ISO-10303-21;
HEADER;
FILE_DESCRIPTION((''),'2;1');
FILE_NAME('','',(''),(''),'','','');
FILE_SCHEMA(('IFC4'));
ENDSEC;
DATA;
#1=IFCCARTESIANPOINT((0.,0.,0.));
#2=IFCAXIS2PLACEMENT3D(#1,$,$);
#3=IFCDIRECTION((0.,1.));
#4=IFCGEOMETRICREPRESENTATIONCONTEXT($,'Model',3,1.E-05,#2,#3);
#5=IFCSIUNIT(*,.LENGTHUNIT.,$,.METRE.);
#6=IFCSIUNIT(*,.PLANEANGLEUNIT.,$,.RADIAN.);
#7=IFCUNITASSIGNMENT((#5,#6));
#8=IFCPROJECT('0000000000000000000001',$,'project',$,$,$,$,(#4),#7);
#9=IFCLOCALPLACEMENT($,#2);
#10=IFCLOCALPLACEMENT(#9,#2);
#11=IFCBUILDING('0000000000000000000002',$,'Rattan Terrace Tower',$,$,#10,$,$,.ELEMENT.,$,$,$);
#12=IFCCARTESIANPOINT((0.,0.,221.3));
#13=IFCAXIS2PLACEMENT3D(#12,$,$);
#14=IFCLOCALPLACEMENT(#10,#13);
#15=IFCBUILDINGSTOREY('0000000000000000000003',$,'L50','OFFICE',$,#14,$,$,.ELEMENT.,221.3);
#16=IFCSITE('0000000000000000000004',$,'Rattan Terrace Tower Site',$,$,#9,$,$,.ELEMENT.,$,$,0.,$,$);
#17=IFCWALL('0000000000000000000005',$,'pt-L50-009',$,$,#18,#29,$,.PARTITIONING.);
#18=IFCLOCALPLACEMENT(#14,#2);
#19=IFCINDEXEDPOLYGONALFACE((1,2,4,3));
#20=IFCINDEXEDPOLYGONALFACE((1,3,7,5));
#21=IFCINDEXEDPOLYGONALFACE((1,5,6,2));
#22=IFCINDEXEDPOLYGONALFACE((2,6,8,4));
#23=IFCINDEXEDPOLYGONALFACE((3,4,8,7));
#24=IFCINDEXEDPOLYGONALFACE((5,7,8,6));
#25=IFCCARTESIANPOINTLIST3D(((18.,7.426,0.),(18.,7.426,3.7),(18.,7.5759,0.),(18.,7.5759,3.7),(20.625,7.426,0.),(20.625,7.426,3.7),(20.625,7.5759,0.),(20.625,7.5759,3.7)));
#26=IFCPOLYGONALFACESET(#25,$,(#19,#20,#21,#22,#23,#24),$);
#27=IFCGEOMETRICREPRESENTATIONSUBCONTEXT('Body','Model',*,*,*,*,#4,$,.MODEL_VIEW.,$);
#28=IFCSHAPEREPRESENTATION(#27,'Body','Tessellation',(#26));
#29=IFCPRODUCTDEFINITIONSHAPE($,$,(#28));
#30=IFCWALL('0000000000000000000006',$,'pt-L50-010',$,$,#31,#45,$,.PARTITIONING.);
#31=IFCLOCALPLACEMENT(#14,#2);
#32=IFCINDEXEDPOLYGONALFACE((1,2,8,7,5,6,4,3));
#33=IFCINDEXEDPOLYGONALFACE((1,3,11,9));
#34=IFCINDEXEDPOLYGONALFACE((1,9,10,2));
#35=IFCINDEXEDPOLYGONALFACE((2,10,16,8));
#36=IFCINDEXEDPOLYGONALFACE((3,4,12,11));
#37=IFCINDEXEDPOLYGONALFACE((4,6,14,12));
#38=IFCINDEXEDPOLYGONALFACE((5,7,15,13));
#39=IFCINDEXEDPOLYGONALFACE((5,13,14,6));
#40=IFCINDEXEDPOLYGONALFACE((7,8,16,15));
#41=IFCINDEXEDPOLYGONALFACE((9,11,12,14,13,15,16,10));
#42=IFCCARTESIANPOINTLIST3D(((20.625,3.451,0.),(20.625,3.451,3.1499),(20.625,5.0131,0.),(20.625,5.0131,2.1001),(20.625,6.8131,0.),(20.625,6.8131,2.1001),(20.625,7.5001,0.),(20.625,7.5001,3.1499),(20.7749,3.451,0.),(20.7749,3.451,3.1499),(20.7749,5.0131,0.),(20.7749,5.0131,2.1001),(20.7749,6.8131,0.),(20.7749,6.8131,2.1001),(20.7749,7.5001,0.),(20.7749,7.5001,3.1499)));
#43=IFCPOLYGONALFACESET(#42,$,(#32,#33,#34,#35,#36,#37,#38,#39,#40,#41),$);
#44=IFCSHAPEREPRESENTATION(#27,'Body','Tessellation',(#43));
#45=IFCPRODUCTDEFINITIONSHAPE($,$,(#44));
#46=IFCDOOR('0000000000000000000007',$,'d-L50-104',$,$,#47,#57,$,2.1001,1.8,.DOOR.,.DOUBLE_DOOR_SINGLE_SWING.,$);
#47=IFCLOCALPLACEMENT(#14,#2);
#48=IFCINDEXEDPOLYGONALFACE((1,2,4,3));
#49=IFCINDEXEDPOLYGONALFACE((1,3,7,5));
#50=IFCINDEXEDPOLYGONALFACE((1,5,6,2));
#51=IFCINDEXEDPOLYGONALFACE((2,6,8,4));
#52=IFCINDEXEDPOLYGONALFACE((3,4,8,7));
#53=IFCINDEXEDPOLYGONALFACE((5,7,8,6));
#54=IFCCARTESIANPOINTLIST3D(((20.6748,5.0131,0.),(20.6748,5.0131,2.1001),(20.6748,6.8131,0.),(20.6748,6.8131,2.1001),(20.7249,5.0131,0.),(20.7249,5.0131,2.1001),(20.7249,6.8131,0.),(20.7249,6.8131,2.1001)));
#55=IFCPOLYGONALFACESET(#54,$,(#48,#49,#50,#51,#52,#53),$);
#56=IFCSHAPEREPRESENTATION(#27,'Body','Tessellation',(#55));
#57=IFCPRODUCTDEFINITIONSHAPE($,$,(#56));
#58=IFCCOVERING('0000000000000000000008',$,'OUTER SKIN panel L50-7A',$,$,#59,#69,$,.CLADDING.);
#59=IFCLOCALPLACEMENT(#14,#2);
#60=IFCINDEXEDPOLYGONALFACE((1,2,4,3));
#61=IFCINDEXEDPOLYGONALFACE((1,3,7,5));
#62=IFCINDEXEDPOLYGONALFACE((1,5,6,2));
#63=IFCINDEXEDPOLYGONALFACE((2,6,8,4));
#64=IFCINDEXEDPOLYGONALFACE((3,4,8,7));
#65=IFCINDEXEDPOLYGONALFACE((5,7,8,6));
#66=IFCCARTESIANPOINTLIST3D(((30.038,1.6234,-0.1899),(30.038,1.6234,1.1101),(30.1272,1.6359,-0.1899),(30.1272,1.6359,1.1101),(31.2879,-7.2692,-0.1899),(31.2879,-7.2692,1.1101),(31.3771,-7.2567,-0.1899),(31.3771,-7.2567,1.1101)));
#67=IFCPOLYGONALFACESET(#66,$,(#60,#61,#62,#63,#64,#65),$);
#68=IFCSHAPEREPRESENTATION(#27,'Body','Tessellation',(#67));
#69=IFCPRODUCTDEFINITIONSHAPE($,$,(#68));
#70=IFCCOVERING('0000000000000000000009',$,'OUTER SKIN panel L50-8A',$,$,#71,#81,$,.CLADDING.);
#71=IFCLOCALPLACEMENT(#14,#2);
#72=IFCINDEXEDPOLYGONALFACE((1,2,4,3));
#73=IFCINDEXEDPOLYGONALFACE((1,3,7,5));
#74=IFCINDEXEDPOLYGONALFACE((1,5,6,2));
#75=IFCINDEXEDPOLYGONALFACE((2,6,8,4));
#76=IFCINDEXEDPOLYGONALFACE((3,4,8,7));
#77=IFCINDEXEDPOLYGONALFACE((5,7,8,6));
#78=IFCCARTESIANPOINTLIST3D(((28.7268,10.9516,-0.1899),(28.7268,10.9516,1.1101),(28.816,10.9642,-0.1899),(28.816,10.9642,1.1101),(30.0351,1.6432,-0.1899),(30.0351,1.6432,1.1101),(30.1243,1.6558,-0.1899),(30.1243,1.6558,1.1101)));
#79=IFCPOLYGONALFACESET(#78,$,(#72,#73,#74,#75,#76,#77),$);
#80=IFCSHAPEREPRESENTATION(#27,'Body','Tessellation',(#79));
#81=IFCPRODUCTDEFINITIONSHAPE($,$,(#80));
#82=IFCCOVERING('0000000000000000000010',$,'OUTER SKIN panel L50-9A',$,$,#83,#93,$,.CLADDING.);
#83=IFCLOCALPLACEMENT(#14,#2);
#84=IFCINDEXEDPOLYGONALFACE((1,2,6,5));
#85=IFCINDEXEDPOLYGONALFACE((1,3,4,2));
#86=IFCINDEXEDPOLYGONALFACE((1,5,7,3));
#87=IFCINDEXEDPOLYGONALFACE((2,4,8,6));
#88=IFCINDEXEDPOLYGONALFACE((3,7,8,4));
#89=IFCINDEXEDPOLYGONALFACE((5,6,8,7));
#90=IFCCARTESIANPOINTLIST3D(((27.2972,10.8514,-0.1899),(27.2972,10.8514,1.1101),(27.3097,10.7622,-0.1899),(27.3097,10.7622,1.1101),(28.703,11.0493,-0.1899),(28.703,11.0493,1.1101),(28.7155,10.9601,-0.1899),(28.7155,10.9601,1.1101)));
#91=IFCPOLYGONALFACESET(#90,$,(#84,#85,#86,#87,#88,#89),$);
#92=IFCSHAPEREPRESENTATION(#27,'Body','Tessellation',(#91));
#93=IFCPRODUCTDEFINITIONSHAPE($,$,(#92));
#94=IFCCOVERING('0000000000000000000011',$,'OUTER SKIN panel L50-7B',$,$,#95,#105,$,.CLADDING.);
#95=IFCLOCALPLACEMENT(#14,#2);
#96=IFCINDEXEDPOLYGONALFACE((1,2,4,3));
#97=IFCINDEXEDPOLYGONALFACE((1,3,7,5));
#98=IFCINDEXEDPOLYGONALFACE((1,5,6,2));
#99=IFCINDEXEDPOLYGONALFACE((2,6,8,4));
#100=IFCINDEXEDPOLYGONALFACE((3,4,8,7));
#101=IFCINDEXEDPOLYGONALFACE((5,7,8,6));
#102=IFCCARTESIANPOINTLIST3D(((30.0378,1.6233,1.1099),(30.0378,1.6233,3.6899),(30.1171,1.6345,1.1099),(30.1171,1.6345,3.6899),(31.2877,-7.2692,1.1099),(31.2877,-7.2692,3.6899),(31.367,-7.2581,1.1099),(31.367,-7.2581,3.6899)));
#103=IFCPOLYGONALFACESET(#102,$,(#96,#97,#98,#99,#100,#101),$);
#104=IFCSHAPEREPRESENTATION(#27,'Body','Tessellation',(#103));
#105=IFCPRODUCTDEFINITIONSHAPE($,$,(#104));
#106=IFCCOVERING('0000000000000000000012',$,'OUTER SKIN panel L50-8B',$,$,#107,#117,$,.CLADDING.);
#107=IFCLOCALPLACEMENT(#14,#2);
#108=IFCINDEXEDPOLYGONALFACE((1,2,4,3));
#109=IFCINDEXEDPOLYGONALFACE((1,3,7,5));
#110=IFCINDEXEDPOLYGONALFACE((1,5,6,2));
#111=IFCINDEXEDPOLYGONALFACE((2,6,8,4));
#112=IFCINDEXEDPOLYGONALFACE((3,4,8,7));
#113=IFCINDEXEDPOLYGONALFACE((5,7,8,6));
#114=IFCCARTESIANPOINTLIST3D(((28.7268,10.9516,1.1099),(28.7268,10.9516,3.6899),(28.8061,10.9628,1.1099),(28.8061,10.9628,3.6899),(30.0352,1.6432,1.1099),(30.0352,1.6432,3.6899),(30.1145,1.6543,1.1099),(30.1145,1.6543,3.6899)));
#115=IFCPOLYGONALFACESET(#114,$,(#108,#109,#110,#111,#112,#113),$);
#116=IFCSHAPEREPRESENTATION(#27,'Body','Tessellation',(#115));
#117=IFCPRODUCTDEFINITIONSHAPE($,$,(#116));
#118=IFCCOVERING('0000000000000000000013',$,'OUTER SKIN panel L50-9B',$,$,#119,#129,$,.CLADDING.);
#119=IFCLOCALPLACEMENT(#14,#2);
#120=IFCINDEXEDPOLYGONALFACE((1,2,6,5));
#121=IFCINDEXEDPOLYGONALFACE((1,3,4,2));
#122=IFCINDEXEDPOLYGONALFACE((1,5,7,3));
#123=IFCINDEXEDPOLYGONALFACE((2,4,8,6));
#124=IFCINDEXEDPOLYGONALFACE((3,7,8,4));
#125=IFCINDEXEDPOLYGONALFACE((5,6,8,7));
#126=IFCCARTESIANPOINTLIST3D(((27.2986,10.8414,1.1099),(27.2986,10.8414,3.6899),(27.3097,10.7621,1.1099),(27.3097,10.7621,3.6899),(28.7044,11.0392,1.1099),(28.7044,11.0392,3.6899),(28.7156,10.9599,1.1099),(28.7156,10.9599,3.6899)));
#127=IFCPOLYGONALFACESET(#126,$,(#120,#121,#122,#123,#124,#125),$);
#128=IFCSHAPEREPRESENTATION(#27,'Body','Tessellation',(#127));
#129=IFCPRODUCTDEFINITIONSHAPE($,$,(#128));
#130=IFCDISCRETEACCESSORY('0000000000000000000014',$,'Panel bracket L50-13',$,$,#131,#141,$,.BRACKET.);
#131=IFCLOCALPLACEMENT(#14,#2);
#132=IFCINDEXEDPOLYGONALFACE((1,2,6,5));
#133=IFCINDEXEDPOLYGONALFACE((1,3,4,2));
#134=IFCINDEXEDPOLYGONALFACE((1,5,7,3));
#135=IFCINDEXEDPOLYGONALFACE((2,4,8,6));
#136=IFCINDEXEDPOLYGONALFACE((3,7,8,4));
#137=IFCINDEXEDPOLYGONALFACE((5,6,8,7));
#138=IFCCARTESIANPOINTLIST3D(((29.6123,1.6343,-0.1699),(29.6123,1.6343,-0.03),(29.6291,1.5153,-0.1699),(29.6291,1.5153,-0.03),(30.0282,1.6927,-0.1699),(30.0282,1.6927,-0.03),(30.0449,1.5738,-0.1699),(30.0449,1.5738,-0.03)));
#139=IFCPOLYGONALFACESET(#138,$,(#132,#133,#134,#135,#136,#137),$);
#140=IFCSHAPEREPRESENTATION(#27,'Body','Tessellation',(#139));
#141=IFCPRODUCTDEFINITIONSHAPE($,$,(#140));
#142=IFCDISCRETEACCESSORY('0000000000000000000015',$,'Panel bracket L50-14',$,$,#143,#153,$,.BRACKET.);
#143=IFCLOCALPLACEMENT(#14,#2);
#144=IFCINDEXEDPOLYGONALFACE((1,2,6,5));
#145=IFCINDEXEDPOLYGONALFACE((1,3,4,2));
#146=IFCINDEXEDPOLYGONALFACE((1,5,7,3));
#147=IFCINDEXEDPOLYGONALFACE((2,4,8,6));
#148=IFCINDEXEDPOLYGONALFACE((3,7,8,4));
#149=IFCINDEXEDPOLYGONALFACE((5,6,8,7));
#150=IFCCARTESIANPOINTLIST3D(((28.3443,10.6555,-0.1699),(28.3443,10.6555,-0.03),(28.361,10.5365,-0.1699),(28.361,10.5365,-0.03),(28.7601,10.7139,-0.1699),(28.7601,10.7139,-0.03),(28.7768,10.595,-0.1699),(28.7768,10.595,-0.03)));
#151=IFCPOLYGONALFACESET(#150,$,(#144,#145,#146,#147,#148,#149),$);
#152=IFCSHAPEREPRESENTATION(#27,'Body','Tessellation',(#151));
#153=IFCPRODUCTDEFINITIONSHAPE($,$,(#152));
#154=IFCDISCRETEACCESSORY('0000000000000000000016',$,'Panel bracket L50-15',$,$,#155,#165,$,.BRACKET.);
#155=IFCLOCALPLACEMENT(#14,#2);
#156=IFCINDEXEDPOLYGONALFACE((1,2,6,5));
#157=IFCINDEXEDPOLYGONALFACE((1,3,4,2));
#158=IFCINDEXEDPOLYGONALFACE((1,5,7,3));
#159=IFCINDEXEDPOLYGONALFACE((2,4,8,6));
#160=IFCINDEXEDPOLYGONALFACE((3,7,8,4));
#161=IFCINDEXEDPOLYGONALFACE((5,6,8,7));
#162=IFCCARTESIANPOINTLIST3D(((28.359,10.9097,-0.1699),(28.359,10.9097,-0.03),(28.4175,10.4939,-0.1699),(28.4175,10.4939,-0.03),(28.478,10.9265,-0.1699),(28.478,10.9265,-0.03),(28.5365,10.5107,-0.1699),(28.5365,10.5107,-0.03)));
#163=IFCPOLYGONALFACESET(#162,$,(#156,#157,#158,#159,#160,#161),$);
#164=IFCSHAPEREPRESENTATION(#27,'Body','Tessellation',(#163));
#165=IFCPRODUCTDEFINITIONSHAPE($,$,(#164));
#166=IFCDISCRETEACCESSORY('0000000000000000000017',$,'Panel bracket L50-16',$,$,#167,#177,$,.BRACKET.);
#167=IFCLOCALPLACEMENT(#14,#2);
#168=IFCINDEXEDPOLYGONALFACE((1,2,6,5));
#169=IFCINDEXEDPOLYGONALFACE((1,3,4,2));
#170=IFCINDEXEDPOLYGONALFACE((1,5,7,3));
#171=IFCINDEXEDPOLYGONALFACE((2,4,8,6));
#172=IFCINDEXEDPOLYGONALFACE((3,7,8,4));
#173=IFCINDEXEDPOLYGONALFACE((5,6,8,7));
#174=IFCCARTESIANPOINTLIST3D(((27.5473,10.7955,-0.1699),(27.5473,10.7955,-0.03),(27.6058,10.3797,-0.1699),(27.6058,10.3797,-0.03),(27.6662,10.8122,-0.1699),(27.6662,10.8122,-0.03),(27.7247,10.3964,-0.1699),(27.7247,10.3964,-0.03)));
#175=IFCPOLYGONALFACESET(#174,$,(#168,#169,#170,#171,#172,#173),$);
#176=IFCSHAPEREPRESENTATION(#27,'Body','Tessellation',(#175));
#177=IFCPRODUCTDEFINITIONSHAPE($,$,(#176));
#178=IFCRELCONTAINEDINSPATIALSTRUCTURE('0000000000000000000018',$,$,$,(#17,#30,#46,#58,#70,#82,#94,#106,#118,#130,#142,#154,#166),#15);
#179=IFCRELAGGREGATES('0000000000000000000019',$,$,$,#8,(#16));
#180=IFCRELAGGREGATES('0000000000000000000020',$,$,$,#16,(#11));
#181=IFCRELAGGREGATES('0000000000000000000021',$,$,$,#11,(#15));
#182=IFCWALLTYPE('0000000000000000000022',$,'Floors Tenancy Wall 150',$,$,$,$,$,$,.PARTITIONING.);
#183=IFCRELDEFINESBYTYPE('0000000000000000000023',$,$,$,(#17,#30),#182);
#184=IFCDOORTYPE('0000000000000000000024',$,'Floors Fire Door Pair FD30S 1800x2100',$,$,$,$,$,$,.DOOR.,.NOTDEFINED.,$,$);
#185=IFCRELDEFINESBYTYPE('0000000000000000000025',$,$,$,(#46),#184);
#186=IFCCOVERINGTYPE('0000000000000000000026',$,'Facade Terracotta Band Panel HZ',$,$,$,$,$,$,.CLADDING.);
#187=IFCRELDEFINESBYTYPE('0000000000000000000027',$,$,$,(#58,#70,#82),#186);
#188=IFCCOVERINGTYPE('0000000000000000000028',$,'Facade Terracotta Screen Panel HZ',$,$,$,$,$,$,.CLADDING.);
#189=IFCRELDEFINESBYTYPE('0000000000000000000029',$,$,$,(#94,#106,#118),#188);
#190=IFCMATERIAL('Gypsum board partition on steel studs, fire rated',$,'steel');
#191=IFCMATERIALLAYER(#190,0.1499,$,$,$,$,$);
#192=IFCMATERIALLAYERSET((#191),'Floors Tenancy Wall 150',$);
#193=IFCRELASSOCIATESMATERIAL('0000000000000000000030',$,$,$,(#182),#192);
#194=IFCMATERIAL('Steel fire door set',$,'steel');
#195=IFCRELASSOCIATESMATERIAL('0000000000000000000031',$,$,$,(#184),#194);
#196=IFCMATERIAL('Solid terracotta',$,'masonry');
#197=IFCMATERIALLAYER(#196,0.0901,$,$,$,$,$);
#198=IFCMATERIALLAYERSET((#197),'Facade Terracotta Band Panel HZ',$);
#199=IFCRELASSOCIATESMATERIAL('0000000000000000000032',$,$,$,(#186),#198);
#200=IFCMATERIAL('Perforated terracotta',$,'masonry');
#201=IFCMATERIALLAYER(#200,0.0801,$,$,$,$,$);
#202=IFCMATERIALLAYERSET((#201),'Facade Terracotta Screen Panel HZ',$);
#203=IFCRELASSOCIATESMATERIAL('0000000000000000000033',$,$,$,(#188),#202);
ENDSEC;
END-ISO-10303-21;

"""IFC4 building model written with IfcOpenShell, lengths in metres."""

from ifc_helpers import new_model, si_unit, direction, frame, frame_2d, origin, origin_2d, place, context, subcontext, project, spatial, rectangle, extrude, material, layer, layer_set, type_object, element, fill, save


model = new_model("IFC4")

# Units and contexts
model_context = context("Model", 3, precision=1e-05, world=origin(), true_north=direction((0.0, 1.0)))
body_context = subcontext(model_context, "Body", "Model", "MODEL_VIEW")
ifc_project = project(units=[si_unit("LENGTHUNIT", "METRE"), si_unit("PLANEANGLEUNIT", "RADIAN")], contexts=[model_context])

# Site, building, storey
site_placement = place(None, origin())
site = spatial("IfcSite", under=ifc_project, at=site_placement, Name="Rattan Terrace Tower Site", CompositionType="ELEMENT", RefElevation=0.0)
building_placement = place(site_placement, origin())
building = spatial("IfcBuilding", under=site, at=building_placement, Name="Rattan Terrace Tower", CompositionType="ELEMENT")
storey_placement = place(building_placement, frame((0.0, 0.0, 221.3)))
storey = spatial("IfcBuildingStorey", under=building, at=storey_placement, Name="L50", Description="OFFICE", CompositionType="ELEMENT", Elevation=221.3)

# Shared definitions
ifc_material_1 = material(Name="Gypsum board partition on steel studs, fire rated", Category="steel")
ifc_layer_1 = layer(ifc_material_1, 0.1499)
ifc_layer_set_1 = layer_set([ifc_layer_1], Name="Floors Tenancy Wall 150")
wall_type_1 = type_object("IfcWallType", Name="Floors Tenancy Wall 150", PredefinedType="PARTITIONING", material=ifc_layer_set_1)
ifc_material_2 = material(Name="Steel fire door set", Category="steel")
door_type = type_object("IfcDoorType", Name="Floors Fire Door Pair FD30S 1800x2100", OperationType="NOTDEFINED", PredefinedType="DOOR", material=ifc_material_2)

# Wall
wall_1_placement = place(storey_placement, frame((18.0, 7.501, 0.0), z_axis=(0.0, 0.0, 1.0), x_axis=(1.0, 0.0, 0.0)))
element("IfcWall", 1, at=wall_1_placement, inside=storey, type_object=wall_type_1, Name="pt-L50-009", PredefinedType="PARTITIONING", context=body_context, shape_type="SweptSolid", body=[
    extrude(rectangle(XDim=2.625, YDim=0.1499, at=frame_2d((1.3125, 0.0))), origin(), (0.0, 0.0, 1.0), 3.7),
])

# Wall, opening, door
wall_2_placement = place(storey_placement, frame((20.7, 7.5, 0.0), z_axis=(0.0, 0.0, 1.0), x_axis=(0.0, -1.0, 0.0)))
wall_2 = element("IfcWall", 2, at=wall_2_placement, inside=storey, type_object=wall_type_1, Name="pt-L50-010", PredefinedType="PARTITIONING", context=body_context, shape_type="SweptSolid", body=[
    extrude(rectangle(XDim=4.0491, YDim=0.1499, at=frame_2d((2.0244, 0.0))), origin(), (0.0, 0.0, 1.0), 3.1499),
])
opening_1_placement = place(wall_2_placement, frame((0.687, 0.0, 0.0)))
opening_1 = element("IfcOpeningElement", 3, at=opening_1_placement, cuts=wall_2, PredefinedType="OPENING", context=body_context, shape_type="SweptSolid", body=[
    extrude(rectangle(XDim=1.8, YDim=2.1001, at=frame_2d((0.8999, 1.05))), frame((0.0, 0.0854, 0.0), z_axis=(0.0, -1.0, 0.0), x_axis=(1.0, 0.0, 0.0)), (0.0, 0.0, 1.0), 0.1709),
])
door_1_placement = place(opening_1_placement, origin())
door_1 = element("IfcDoor", 4, at=door_1_placement, inside=storey, type_object=door_type, Name="d-L50-104", OperationType="DOUBLE_DOOR_SINGLE_SWING", OverallHeight=2.1001, OverallWidth=1.8, PredefinedType="DOOR", context=body_context, shape_type="SweptSolid", body=[
    extrude(rectangle(XDim=1.8, YDim=2.1001, at=frame_2d((0.8999, 1.05))), frame((0.0, 0.0249, 0.0), z_axis=(0.0, -1.0, 0.0), x_axis=(1.0, 0.0, 0.0)), (0.0, 0.0, 1.0), 0.05),
])
fill(opening_1, door_1)

# Coverings
ifc_material_3 = material(Name="Solid terracotta", Category="masonry")
ifc_layer_2 = layer(ifc_material_3, 0.0901)
ifc_layer_set_2 = layer_set([ifc_layer_2], Name="Facade Terracotta Band Panel HZ")
covering_type_1 = type_object("IfcCoveringType", Name="Facade Terracotta Band Panel HZ", PredefinedType="CLADDING", material=ifc_layer_set_2)
covering_1_placement = place(storey_placement, frame((30.7075, -2.8167, -0.1899), z_axis=(0.0, 0.0, 1.0), x_axis=(-0.139186, 0.990266, 0.0)))
element("IfcCovering", 5, at=covering_1_placement, inside=storey, type_object=covering_type_1, Name="OUTER SKIN panel L50-7A", PredefinedType="CLADDING", context=body_context, shape_type="SweptSolid", body=[
    extrude(rectangle(XDim=8.98, YDim=0.0901, at=origin_2d()), origin(), (0.0, 0.0, 1.0), 1.3),
])
covering_2_placement = place(storey_placement, frame((29.4255, 6.3037, -0.1899), z_axis=(0.0, 0.0, 1.0), x_axis=(-0.139186, 0.990266, 0.0)))
element("IfcCovering", 6, at=covering_2_placement, inside=storey, type_object=covering_type_1, Name="OUTER SKIN panel L50-8A", PredefinedType="CLADDING", context=body_context, shape_type="SweptSolid", body=[
    extrude(rectangle(XDim=9.3999, YDim=0.0901, at=origin_2d()), origin(), (0.0, 0.0, 1.0), 1.3),
])
covering_3_placement = place(storey_placement, frame((28.0063, 10.9058, -0.1899), z_axis=(0.0, 0.0, 1.0), x_axis=(-0.990241, -0.139367, 0.0)))
element("IfcCovering", 7, at=covering_3_placement, inside=storey, type_object=covering_type_1, Name="OUTER SKIN panel L50-9A", PredefinedType="CLADDING", context=body_context, shape_type="SweptSolid", body=[
    extrude(rectangle(XDim=1.4197, YDim=0.0901, at=origin_2d()), origin(), (0.0, 0.0, 1.0), 1.3),
])
ifc_material_4 = material(Name="Perforated terracotta", Category="masonry")
ifc_layer_3 = layer(ifc_material_4, 0.0801)
ifc_layer_set_3 = layer_set([ifc_layer_3], Name="Facade Terracotta Screen Panel HZ")
covering_type_2 = type_object("IfcCoveringType", Name="Facade Terracotta Screen Panel HZ", PredefinedType="CLADDING", material=ifc_layer_set_3)
covering_4_placement = place(storey_placement, frame((30.7024, -2.8174, 1.1099), z_axis=(0.0, 0.0, 1.0), x_axis=(-0.139186, 0.990266, 0.0)))
element("IfcCovering", 8, at=covering_4_placement, inside=storey, type_object=covering_type_2, Name="OUTER SKIN panel L50-7B", PredefinedType="CLADDING", context=body_context, shape_type="SweptSolid", body=[
    extrude(rectangle(XDim=8.98, YDim=0.0801, at=origin_2d()), origin(), (0.0, 0.0, 1.0), 2.5801),
])
covering_5_placement = place(storey_placement, frame((29.4207, 6.303, 1.1099), z_axis=(0.0, 0.0, 1.0), x_axis=(-0.139186, 0.990266, 0.0)))
element("IfcCovering", 9, at=covering_5_placement, inside=storey, type_object=covering_type_2, Name="OUTER SKIN panel L50-8B", PredefinedType="CLADDING", context=body_context, shape_type="SweptSolid", body=[
    extrude(rectangle(XDim=9.3999, YDim=0.0801, at=origin_2d()), origin(), (0.0, 0.0, 1.0), 2.5801),
])
covering_6_placement = place(storey_placement, frame((28.0071, 10.9006, 1.1099), z_axis=(0.0, 0.0, 1.0), x_axis=(-0.990241, -0.139367, 0.0)))
element("IfcCovering", 10, at=covering_6_placement, inside=storey, type_object=covering_type_2, Name="OUTER SKIN panel L50-9B", PredefinedType="CLADDING", context=body_context, shape_type="SweptSolid", body=[
    extrude(rectangle(XDim=1.4197, YDim=0.0801, at=origin_2d()), origin(), (0.0, 0.0, 1.0), 2.5801),
])

# Discrete accessories
for number, where, z_axis, x_axis, name in (
    (11, (29.8286, 1.604, -0.1699), (0.0, 0.0, 1.0), (-0.139186, 0.990266, 0.0), "Panel bracket L50-13"),
    (12, (28.5605, 10.6252, -0.1699), (0.0, 0.0, 1.0), (-0.139186, 0.990266, 0.0), "Panel bracket L50-14"),
    (13, (28.4478, 10.7102, -0.1699), (0.0, 0.0, 1.0), (-0.990241, -0.139367, 0.0), "Panel bracket L50-15"),
    (14, (27.636, 10.5959, -0.1699), (0.0, 0.0, 1.0), (-0.990241, -0.139367, 0.0), "Panel bracket L50-16"),
):
    element("IfcDiscreteAccessory", number, at=place(storey_placement, frame(where, z_axis=z_axis, x_axis=x_axis)), inside=storey, Name=name, PredefinedType="BRACKET", context=body_context, shape_type="SweptSolid", body=[
        extrude(rectangle(XDim=0.1201, YDim=0.4199, at=origin_2d()), origin(), (0.0, 0.0, 1.0), 0.1399),
    ])

save(model, "model.ifc")
